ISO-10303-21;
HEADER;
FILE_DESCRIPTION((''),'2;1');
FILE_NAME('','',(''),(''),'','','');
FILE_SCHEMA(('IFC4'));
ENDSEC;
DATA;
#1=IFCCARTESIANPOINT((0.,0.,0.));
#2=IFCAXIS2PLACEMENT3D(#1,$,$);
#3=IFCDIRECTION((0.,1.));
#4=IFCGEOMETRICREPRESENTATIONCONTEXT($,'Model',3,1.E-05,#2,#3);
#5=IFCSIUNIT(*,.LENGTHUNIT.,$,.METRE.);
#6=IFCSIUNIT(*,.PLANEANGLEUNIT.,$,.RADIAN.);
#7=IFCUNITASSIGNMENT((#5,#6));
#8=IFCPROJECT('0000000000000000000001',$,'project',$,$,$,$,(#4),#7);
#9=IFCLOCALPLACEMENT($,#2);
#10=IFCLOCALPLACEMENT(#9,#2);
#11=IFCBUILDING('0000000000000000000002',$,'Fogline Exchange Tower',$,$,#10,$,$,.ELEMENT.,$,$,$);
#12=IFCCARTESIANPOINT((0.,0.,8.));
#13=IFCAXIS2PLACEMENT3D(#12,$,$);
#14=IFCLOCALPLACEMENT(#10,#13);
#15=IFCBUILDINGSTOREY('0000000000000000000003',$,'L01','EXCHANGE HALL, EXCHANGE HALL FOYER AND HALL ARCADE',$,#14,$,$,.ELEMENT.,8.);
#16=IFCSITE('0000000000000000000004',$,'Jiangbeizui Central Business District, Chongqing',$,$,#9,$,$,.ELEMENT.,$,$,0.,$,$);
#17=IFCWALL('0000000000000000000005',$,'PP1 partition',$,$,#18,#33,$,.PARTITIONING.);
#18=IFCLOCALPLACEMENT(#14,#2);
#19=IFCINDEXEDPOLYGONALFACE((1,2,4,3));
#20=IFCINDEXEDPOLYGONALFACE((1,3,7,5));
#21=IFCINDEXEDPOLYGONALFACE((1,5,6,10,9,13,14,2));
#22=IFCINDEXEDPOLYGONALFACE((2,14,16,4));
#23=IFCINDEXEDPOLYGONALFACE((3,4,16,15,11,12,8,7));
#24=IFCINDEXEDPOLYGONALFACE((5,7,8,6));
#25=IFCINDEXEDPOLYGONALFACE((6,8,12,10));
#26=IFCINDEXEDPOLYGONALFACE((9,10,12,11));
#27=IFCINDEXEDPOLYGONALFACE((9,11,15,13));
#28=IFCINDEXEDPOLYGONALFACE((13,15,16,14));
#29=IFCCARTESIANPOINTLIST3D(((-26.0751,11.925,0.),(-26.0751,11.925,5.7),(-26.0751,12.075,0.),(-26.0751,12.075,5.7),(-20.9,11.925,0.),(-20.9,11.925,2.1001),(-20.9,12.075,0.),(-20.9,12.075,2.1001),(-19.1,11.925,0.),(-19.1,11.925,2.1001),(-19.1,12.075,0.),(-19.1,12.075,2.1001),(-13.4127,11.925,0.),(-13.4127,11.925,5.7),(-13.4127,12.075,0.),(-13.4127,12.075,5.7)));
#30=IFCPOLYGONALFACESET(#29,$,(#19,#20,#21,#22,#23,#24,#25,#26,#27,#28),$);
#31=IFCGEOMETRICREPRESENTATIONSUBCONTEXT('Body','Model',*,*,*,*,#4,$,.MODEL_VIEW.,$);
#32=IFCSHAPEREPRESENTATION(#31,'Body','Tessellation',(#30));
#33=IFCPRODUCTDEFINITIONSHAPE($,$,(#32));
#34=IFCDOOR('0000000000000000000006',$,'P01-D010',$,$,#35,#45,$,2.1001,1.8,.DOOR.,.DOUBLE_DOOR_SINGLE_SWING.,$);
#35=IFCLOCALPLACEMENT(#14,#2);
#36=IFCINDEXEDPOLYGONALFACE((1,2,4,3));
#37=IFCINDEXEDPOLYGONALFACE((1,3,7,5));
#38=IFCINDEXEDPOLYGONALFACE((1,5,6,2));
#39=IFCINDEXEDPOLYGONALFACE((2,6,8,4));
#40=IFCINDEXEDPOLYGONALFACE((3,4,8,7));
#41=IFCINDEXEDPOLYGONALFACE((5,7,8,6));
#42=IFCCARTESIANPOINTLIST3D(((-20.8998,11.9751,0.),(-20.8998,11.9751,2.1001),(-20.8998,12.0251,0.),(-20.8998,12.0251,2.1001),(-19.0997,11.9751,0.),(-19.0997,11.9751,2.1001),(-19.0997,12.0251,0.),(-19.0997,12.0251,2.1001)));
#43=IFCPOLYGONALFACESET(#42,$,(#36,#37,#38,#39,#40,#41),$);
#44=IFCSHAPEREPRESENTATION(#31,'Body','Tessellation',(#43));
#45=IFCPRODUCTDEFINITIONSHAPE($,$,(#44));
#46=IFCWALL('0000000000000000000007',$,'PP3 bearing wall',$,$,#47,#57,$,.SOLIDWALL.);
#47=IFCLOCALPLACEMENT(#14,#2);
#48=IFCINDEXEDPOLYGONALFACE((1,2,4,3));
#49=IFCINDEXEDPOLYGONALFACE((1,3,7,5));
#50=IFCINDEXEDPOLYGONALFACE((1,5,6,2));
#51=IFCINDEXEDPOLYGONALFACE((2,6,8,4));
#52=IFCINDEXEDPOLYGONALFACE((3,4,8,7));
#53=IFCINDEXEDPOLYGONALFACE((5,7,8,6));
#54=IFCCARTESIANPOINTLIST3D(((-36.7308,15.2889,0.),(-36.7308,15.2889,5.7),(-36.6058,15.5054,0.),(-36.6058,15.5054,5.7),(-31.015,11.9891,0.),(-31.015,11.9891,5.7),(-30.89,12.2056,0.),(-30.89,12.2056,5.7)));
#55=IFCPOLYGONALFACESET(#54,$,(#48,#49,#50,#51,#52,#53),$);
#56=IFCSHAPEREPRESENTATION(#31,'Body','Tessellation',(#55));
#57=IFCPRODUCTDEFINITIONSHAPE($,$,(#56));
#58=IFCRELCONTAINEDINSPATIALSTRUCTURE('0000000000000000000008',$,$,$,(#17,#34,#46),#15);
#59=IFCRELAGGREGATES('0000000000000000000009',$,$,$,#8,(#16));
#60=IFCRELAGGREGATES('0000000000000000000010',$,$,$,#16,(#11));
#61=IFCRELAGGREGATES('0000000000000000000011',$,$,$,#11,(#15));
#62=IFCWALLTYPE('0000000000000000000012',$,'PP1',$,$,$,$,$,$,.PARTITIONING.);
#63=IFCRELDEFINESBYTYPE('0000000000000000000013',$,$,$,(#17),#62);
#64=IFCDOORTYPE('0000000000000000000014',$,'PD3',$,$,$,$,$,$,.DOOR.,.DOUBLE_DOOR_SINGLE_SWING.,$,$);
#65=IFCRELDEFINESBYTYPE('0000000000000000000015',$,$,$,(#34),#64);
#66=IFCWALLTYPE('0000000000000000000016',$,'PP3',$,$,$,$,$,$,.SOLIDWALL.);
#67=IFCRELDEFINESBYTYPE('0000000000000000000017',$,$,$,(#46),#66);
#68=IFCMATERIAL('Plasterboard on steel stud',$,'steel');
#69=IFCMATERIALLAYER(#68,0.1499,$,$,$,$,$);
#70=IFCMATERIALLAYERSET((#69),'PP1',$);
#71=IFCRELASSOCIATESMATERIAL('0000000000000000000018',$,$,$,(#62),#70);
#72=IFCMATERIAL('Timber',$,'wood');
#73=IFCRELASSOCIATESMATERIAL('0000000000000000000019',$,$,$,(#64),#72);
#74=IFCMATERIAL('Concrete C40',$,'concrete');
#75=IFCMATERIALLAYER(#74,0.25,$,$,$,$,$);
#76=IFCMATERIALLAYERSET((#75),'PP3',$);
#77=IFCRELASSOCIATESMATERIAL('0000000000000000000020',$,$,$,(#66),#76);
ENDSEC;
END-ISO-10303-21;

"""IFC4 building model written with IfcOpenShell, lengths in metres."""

from ifc_helpers import new_model, si_unit, direction, frame, frame_2d, origin, place, context, subcontext, project, spatial, rectangle, extrude, material, layer, layer_set, type_object, element, fill, save


model = new_model("IFC4")

# Units and contexts
model_context = context("Model", 3, precision=1e-05, world=origin(), true_north=direction((0.0, 1.0)))
body_context = subcontext(model_context, "Body", "Model", "MODEL_VIEW")
ifc_project = project(units=[si_unit("LENGTHUNIT", "METRE"), si_unit("PLANEANGLEUNIT", "RADIAN")], contexts=[model_context])

# Site, building, storey
site_placement = place(None, origin())
site = spatial("IfcSite", under=ifc_project, at=site_placement, Name="Jiangbeizui Central Business District, Chongqing", CompositionType="ELEMENT", RefElevation=0.0)
building_placement = place(site_placement, origin())
building = spatial("IfcBuilding", under=site, at=building_placement, Name="Fogline Exchange Tower", CompositionType="ELEMENT")
storey_placement = place(building_placement, frame((0.0, 0.0, 8.0)))
storey = spatial("IfcBuildingStorey", under=building, at=storey_placement, Name="L01", Description="EXCHANGE HALL, EXCHANGE HALL FOYER AND HALL ARCADE", CompositionType="ELEMENT", Elevation=8.0)

# Shared definitions
ifc_material_1 = material(Name="Plasterboard on steel stud", Category="steel")
ifc_layer_1 = layer(ifc_material_1, 0.1499)
ifc_layer_set_1 = layer_set([ifc_layer_1], Name="PP1")
wall_type_1 = type_object("IfcWallType", Name="PP1", PredefinedType="PARTITIONING", material=ifc_layer_set_1)
ifc_material_2 = material(Name="Timber", Category="wood")
door_type = type_object("IfcDoorType", Name="PD3", OperationType="DOUBLE_DOOR_SINGLE_SWING", PredefinedType="DOOR", material=ifc_material_2)

# Wall, opening, door
wall_1_placement = place(storey_placement, frame((-26.075, 12.0, 0.0), z_axis=(0.0, 0.0, 1.0), x_axis=(1.0, 0.0, 0.0)))
wall_1 = element("IfcWall", 1, at=wall_1_placement, inside=storey, type_object=wall_type_1, Name="PP1 partition", PredefinedType="PARTITIONING", context=body_context, shape_type="SweptSolid", body=[
    extrude(rectangle(XDim=12.6624, YDim=0.1499, at=frame_2d((6.3311, 0.0))), origin(), (0.0, 0.0, 1.0), 5.7),
])
opening_1_placement = place(wall_1_placement, frame((5.175, 0.0, 0.0)))
opening_1 = element("IfcOpeningElement", 2, at=opening_1_placement, cuts=wall_1, PredefinedType="OPENING", context=body_context, shape_type="SweptSolid", body=[
    extrude(rectangle(XDim=1.8, YDim=2.1001, at=frame_2d((0.8999, 1.05))), frame((0.0, 0.085, 0.0), z_axis=(0.0, -1.0, 0.0), x_axis=(1.0, 0.0, 0.0)), (0.0, 0.0, 1.0), 0.1699),
])
door_1_placement = place(opening_1_placement, frame((1.8, 0.0, 0.0), z_axis=(0.0, 0.0, 1.0), x_axis=(-1.0, 0.0, 0.0)))
door_1 = element("IfcDoor", 3, at=door_1_placement, inside=storey, type_object=door_type, Name="P01-D010", OperationType="DOUBLE_DOOR_SINGLE_SWING", OverallHeight=2.1001, OverallWidth=1.8, PredefinedType="DOOR", context=body_context, shape_type="SweptSolid", body=[
    extrude(rectangle(XDim=1.8, YDim=2.1001, at=frame_2d((0.8999, 1.05))), frame((0.0, 0.0249, 0.0), z_axis=(0.0, -1.0, 0.0), x_axis=(1.0, 0.0, 0.0)), (0.0, 0.0, 1.0), 0.05),
])
fill(opening_1, door_1)

# Wall
ifc_material_3 = material(Name="Concrete C40", Category="concrete")
ifc_layer_2 = layer(ifc_material_3, 0.25)
ifc_layer_set_2 = layer_set([ifc_layer_2], Name="PP3")
wall_type_2 = type_object("IfcWallType", Name="PP3", PredefinedType="SOLIDWALL", material=ifc_layer_set_2)
wall_2_placement = place(storey_placement, frame((-30.9526, 12.0974, 0.0), z_axis=(0.0, 0.0, 1.0), x_axis=(-0.86604, 0.499974, 0.0)))
element("IfcWall", 4, at=wall_2_placement, inside=storey, type_object=wall_type_2, Name="PP3 bearing wall", PredefinedType="SOLIDWALL", context=body_context, shape_type="SweptSolid", body=[
    extrude(rectangle(XDim=6.5999, YDim=0.25, at=frame_2d((3.2998, 0.0))), origin(), (0.0, 0.0, 1.0), 5.7),
])

save(model, "model.ifc")
